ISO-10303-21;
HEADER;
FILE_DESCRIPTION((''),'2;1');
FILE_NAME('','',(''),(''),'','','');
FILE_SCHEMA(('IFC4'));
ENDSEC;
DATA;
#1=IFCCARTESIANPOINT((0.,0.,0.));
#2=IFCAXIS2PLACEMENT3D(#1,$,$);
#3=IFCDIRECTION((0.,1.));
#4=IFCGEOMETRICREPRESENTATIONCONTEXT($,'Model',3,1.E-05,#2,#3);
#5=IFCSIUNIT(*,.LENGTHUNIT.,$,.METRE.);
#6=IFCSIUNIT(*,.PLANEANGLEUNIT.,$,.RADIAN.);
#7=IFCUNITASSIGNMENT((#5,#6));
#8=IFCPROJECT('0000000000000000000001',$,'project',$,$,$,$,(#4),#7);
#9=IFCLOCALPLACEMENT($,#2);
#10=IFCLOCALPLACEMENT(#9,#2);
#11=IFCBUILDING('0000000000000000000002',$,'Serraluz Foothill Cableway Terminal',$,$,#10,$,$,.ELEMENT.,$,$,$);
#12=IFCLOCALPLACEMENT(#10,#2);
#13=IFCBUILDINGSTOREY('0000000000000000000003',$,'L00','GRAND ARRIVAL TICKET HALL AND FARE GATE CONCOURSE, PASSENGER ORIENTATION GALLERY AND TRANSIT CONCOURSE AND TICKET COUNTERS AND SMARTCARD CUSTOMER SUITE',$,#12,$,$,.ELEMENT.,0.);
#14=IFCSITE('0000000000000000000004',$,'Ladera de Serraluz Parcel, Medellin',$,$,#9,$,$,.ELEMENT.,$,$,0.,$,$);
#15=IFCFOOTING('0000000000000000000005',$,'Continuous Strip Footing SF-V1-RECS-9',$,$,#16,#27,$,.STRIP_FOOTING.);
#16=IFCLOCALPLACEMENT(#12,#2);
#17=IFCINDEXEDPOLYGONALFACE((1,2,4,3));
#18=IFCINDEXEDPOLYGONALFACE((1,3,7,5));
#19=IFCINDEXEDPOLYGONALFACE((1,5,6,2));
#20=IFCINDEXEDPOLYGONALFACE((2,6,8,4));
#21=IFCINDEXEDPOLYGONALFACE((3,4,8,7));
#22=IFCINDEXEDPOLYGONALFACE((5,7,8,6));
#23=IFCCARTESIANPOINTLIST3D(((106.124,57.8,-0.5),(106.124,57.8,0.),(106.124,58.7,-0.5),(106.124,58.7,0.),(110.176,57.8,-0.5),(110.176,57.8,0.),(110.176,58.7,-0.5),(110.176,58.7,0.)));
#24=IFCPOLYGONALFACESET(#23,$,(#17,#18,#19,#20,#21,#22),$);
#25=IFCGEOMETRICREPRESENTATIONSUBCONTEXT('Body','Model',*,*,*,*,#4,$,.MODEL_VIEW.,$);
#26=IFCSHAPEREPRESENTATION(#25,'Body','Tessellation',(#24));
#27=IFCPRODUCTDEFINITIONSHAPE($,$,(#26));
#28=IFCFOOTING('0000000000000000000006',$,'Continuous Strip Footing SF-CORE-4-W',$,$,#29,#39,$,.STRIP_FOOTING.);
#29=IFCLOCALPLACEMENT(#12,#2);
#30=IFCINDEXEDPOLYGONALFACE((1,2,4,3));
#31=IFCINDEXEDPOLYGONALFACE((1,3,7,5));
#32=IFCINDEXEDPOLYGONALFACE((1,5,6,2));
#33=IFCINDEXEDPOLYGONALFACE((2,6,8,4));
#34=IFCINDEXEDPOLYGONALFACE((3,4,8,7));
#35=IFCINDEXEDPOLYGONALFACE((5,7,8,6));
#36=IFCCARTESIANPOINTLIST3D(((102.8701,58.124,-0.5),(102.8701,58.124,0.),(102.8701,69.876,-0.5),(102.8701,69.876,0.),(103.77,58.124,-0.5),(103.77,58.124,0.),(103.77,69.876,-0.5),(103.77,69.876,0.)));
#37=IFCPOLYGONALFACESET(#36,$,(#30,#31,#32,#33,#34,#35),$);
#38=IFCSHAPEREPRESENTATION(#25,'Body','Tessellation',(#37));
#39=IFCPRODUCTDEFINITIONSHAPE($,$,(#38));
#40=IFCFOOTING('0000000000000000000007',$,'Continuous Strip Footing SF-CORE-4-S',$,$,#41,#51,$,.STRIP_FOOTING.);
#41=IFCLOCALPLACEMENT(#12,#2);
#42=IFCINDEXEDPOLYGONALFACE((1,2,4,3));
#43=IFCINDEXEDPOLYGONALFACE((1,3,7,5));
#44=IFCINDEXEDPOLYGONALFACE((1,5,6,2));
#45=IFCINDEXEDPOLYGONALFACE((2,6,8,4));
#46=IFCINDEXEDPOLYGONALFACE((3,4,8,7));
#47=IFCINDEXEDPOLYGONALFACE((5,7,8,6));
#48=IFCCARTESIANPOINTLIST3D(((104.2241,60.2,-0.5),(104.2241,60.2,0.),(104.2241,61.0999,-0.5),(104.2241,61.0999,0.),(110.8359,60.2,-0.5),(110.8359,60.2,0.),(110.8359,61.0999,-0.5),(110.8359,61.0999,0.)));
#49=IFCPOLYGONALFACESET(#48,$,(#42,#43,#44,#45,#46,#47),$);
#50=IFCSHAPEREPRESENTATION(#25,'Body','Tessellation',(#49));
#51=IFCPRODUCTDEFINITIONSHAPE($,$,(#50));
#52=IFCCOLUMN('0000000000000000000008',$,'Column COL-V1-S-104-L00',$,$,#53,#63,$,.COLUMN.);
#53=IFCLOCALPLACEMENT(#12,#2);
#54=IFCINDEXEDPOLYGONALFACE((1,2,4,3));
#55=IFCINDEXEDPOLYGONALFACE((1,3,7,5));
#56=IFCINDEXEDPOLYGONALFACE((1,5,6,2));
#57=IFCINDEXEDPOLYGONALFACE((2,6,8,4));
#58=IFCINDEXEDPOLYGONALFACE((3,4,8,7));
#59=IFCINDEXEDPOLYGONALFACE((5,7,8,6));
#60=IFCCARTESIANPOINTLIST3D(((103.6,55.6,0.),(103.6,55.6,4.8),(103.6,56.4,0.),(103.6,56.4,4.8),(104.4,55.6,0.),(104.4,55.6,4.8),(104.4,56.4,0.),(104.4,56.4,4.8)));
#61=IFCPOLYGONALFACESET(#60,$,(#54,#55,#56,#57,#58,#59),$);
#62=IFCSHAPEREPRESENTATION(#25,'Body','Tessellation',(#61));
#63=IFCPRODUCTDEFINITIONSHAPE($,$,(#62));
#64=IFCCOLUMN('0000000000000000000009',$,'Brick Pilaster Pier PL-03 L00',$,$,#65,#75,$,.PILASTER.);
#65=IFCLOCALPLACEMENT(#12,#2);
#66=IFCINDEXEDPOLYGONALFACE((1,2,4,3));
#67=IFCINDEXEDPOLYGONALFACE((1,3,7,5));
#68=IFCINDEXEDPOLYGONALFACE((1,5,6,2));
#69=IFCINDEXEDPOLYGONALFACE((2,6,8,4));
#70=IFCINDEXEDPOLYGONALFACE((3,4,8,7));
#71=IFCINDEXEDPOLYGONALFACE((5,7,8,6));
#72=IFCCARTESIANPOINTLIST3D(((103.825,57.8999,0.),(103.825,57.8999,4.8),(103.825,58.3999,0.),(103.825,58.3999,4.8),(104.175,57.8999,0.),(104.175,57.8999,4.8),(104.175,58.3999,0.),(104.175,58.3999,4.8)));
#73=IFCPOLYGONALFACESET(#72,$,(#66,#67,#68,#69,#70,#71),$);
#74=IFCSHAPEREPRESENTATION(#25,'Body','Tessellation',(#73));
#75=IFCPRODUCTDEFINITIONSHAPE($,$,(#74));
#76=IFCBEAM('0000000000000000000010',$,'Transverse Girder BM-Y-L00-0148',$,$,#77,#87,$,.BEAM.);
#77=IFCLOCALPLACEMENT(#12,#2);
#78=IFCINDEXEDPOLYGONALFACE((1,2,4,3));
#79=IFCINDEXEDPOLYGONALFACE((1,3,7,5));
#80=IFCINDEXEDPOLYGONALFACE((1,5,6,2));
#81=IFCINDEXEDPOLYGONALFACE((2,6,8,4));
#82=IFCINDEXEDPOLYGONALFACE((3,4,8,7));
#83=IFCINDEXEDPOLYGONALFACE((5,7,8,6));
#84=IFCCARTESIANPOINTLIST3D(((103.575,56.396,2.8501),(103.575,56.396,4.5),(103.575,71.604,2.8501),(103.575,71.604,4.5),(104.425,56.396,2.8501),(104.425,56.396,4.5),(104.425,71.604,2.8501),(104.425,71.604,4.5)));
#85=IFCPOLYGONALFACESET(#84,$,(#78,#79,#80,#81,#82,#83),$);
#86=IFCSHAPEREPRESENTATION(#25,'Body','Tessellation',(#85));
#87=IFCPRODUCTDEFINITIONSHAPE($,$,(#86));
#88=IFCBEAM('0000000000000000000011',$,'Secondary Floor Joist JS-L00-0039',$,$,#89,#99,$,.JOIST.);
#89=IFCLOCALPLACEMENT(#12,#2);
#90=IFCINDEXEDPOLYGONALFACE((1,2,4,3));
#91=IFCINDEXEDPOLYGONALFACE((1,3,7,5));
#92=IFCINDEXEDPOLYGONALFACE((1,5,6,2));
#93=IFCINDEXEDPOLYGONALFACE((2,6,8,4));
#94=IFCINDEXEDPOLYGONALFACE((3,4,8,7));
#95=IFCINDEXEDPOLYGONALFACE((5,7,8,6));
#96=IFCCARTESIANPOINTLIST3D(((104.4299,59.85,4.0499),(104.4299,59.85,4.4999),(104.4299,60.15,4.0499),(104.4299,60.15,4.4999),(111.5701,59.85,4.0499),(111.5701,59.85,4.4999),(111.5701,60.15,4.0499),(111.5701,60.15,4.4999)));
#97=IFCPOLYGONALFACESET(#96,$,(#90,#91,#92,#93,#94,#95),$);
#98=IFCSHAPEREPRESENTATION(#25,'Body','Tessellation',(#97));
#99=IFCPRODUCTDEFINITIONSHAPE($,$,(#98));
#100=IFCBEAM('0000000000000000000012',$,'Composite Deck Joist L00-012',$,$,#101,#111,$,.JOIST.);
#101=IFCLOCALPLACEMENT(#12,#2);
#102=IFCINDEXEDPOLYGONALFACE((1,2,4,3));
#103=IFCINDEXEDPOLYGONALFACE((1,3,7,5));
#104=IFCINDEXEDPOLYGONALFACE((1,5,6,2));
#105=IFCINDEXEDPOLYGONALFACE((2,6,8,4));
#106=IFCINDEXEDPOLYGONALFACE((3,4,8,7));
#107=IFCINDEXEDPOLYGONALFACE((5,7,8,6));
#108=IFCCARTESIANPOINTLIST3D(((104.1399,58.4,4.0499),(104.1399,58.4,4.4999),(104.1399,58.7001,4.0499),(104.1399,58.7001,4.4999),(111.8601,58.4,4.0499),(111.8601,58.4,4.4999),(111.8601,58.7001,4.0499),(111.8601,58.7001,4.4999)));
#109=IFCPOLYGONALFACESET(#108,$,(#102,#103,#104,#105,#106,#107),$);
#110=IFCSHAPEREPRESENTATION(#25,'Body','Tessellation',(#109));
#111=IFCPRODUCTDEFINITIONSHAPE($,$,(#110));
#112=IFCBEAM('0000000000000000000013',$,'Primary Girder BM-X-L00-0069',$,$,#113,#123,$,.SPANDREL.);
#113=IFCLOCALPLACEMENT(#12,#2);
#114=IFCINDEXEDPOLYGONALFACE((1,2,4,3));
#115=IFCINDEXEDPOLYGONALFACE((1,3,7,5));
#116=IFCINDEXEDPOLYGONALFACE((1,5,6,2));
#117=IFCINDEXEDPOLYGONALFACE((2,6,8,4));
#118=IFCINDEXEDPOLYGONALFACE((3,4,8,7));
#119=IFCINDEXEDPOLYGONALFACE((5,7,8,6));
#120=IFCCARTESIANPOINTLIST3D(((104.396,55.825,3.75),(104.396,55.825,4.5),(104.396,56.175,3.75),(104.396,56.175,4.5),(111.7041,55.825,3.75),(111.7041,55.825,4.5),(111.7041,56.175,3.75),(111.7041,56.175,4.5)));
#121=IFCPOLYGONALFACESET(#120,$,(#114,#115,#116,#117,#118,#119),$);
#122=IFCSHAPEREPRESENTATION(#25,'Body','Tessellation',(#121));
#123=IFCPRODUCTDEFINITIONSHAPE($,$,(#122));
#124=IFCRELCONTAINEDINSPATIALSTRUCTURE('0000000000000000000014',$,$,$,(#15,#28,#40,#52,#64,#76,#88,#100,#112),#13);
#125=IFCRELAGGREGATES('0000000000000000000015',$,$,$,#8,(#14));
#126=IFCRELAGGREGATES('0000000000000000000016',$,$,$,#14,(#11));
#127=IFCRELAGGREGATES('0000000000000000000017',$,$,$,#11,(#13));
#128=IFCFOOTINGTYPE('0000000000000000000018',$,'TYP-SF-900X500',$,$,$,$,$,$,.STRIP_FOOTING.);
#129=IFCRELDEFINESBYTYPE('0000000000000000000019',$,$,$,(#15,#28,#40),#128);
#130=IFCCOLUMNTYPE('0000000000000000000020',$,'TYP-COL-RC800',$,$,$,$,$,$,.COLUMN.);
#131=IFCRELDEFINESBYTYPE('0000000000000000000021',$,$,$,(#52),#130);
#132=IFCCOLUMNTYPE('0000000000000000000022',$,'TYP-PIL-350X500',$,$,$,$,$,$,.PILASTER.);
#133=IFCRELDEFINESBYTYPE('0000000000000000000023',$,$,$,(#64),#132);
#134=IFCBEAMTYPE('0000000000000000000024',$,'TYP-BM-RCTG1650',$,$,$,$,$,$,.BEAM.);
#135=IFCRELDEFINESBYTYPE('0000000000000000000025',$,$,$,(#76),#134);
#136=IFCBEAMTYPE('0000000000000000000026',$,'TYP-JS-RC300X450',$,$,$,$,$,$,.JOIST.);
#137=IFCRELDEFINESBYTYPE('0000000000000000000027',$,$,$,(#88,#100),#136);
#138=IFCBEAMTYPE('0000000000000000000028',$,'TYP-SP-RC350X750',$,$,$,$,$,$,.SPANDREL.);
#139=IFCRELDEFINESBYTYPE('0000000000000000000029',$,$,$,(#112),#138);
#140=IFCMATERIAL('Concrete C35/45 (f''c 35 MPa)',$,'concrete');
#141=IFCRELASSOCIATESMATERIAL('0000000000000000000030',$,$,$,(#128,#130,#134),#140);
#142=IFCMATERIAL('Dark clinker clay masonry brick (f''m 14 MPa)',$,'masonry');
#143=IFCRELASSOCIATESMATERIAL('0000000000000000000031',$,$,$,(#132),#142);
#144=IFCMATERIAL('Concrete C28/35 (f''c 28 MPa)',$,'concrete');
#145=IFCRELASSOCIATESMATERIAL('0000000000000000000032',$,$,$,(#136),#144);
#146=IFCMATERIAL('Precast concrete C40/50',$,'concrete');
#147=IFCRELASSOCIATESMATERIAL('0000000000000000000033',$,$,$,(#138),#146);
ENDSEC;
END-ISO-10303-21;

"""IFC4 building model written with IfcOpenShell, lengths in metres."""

from ifc_helpers import new_model, si_unit, direction, frame, origin, origin_2d, place, context, subcontext, project, spatial, rectangle, extrude, material, material_profile, profile_set, type_object, element, save


model = new_model("IFC4")

# Units and contexts
model_context = context("Model", 3, precision=1e-05, world=origin(), true_north=direction((0.0, 1.0)))
body_context = subcontext(model_context, "Body", "Model", "MODEL_VIEW")
ifc_project = project(units=[si_unit("LENGTHUNIT", "METRE"), si_unit("PLANEANGLEUNIT", "RADIAN")], contexts=[model_context])

# Site, building, storey
site_placement = place(None, origin())
site = spatial("IfcSite", under=ifc_project, at=site_placement, Name="Ladera de Serraluz Parcel, Medellin", CompositionType="ELEMENT", RefElevation=0.0)
building_placement = place(site_placement, origin())
building = spatial("IfcBuilding", under=site, at=building_placement, Name="Serraluz Foothill Cableway Terminal", CompositionType="ELEMENT")
storey_placement = place(building_placement, origin())
storey = spatial("IfcBuildingStorey", under=building, at=storey_placement, Name="L00", Description="GRAND ARRIVAL TICKET HALL AND FARE GATE CONCOURSE, PASSENGER ORIENTATION GALLERY AND TRANSIT CONCOURSE AND TICKET COUNTERS AND SMARTCARD CUSTOMER SUITE", CompositionType="ELEMENT", Elevation=0.0)

# Shared definitions
ifc_material_1 = material(Name="Concrete C35/45 (f'c 35 MPa)", Category="concrete")

# Shared definitions
ifc_material_2 = material(Name="Concrete C28/35 (f'c 28 MPa)", Category="concrete")

# Footings
ifc_material_profile_1 = material_profile(ifc_material_1, rectangle(XDim=0.8999, YDim=0.5, at=origin_2d()), Name="SF 900x500")
ifc_profile_set_1 = profile_set([ifc_material_profile_1], Name="Concrete C35/45 (f'c 35 MPa)")
footing_type_1 = type_object("IfcFootingType", Name="TYP-SF-900X500", PredefinedType="STRIP_FOOTING", material=ifc_profile_set_1)
footing_1_placement = place(storey_placement, frame((106.124, 58.25, -0.25), z_axis=(1.0, 0.0, 0.0), x_axis=(0.0, 1.0, 0.0)))
element("IfcFooting", 1, at=footing_1_placement, inside=storey, type_object=footing_type_1, Name="Continuous Strip Footing SF-V1-RECS-9", PredefinedType="STRIP_FOOTING", context=body_context, shape_type="SweptSolid", body=[
    extrude(rectangle(XDim=0.8999, YDim=0.5, at=origin_2d()), origin(), (0.0, 0.0, 1.0), 4.052),
])
footing_2_placement = place(storey_placement, frame((103.3201, 58.124, -0.25), z_axis=(0.0, 1.0, 0.0), x_axis=(-1.0, 0.0, 0.0)))
element("IfcFooting", 2, at=footing_2_placement, inside=storey, type_object=footing_type_1, Name="Continuous Strip Footing SF-CORE-4-W", PredefinedType="STRIP_FOOTING", context=body_context, shape_type="SweptSolid", body=[
    extrude(rectangle(XDim=0.8999, YDim=0.5, at=origin_2d()), origin(), (0.0, 0.0, 1.0), 11.752),
])
footing_3_placement = place(storey_placement, frame((104.2241, 60.6499, -0.25), z_axis=(1.0, 0.0, 0.0), x_axis=(0.0, 1.0, 0.0)))
element("IfcFooting", 3, at=footing_3_placement, inside=storey, type_object=footing_type_1, Name="Continuous Strip Footing SF-CORE-4-S", PredefinedType="STRIP_FOOTING", context=body_context, shape_type="SweptSolid", body=[
    extrude(rectangle(XDim=0.8999, YDim=0.5, at=origin_2d()), origin(), (0.0, 0.0, 1.0), 6.6118),
])

# Columns
ifc_material_profile_2 = material_profile(ifc_material_1, rectangle(XDim=0.8, YDim=0.8, at=origin_2d()), Name="RC 800x800")
ifc_profile_set_2 = profile_set([ifc_material_profile_2], Name="Concrete C35/45 (f'c 35 MPa)")
column_type_1 = type_object("IfcColumnType", Name="TYP-COL-RC800", PredefinedType="COLUMN", material=ifc_profile_set_2)
column_1_placement = place(storey_placement, frame((104.0, 56.0, 0.0), z_axis=(0.0, 0.0, 1.0), x_axis=(1.0, 0.0, 0.0)))
element("IfcColumn", 4, at=column_1_placement, inside=storey, type_object=column_type_1, Name="Column COL-V1-S-104-L00", PredefinedType="COLUMN", context=body_context, shape_type="SweptSolid", body=[
    extrude(rectangle(XDim=0.8, YDim=0.8, at=origin_2d()), origin(), (0.0, 0.0, 1.0), 4.8),
])
ifc_material_3 = material(Name="Dark clinker clay masonry brick (f'm 14 MPa)", Category="masonry")
ifc_material_profile_3 = material_profile(ifc_material_3, rectangle(XDim=0.3501, YDim=0.5, at=origin_2d()), Name="PIL 350x500")
ifc_profile_set_3 = profile_set([ifc_material_profile_3], Name="Dark clinker clay masonry brick (f'm 14 MPa)")
column_type_2 = type_object("IfcColumnType", Name="TYP-PIL-350X500", PredefinedType="PILASTER", material=ifc_profile_set_3)
column_2_placement = place(storey_placement, frame((104.0, 58.1499, 0.0), z_axis=(0.0, 0.0, 1.0), x_axis=(1.0, 0.0, 0.0)))
element("IfcColumn", 5, at=column_2_placement, inside=storey, type_object=column_type_2, Name="Brick Pilaster Pier PL-03 L00", PredefinedType="PILASTER", context=body_context, shape_type="SweptSolid", body=[
    extrude(rectangle(XDim=0.3501, YDim=0.5, at=origin_2d()), origin(), (0.0, 0.0, 1.0), 4.8),
])

# Beams
ifc_material_profile_4 = material_profile(ifc_material_1, rectangle(XDim=0.8501, YDim=1.6499, at=origin_2d()), Name="RC TG 850x1650")
ifc_profile_set_4 = profile_set([ifc_material_profile_4], Name="Concrete C35/45 (f'c 35 MPa)")
beam_type_1 = type_object("IfcBeamType", Name="TYP-BM-RCTG1650", PredefinedType="BEAM", material=ifc_profile_set_4)
beam_1_placement = place(storey_placement, frame((104.0, 56.396, 3.675), z_axis=(0.0, 1.0, 0.0), x_axis=(-1.0, 0.0, 0.0)))
element("IfcBeam", 6, at=beam_1_placement, inside=storey, type_object=beam_type_1, Name="Transverse Girder BM-Y-L00-0148", PredefinedType="BEAM", context=body_context, shape_type="SweptSolid", body=[
    extrude(rectangle(XDim=0.8501, YDim=1.6499, at=origin_2d()), origin(), (0.0, 0.0, 1.0), 15.208),
])
ifc_material_profile_5 = material_profile(ifc_material_2, rectangle(XDim=0.3, YDim=0.45, at=origin_2d()), Name="RC 300x450")
ifc_profile_set_5 = profile_set([ifc_material_profile_5], Name="Concrete C28/35 (f'c 28 MPa)")
beam_type_2 = type_object("IfcBeamType", Name="TYP-JS-RC300X450", PredefinedType="JOIST", material=ifc_profile_set_5)
beam_2_placement = place(storey_placement, frame((104.4299, 60.0, 4.2749), z_axis=(1.0, 0.0, 0.0), x_axis=(0.0, 1.0, 0.0)))
element("IfcBeam", 7, at=beam_2_placement, inside=storey, type_object=beam_type_2, Name="Secondary Floor Joist JS-L00-0039", PredefinedType="JOIST", context=body_context, shape_type="SweptSolid", body=[
    extrude(rectangle(XDim=0.3, YDim=0.45, at=origin_2d()), origin(), (0.0, 0.0, 1.0), 7.1401),
])
beam_3_placement = place(storey_placement, frame((104.1399, 58.55, 4.2749), z_axis=(1.0, 0.0, 0.0), x_axis=(0.0, 1.0, 0.0)))
element("IfcBeam", 8, at=beam_3_placement, inside=storey, type_object=beam_type_2, Name="Composite Deck Joist L00-012", PredefinedType="JOIST", context=body_context, shape_type="SweptSolid", body=[
    extrude(rectangle(XDim=0.3, YDim=0.45, at=origin_2d()), origin(), (0.0, 0.0, 1.0), 7.7202),
])
ifc_material_4 = material(Name="Precast concrete C40/50", Category="concrete")
ifc_material_profile_6 = material_profile(ifc_material_4, rectangle(XDim=0.3501, YDim=0.75, at=origin_2d()), Name="RC SP 350x750")
ifc_profile_set_6 = profile_set([ifc_material_profile_6], Name="Precast concrete C40/50")
beam_type_3 = type_object("IfcBeamType", Name="TYP-SP-RC350X750", PredefinedType="SPANDREL", material=ifc_profile_set_6)
beam_4_placement = place(storey_placement, frame((104.396, 56.0, 4.125), z_axis=(1.0, 0.0, 0.0), x_axis=(0.0, 1.0, 0.0)))
element("IfcBeam", 9, at=beam_4_placement, inside=storey, type_object=beam_type_3, Name="Primary Girder BM-X-L00-0069", PredefinedType="SPANDREL", context=body_context, shape_type="SweptSolid", body=[
    extrude(rectangle(XDim=0.3501, YDim=0.75, at=origin_2d()), origin(), (0.0, 0.0, 1.0), 7.3081),
])

save(model, "model.ifc")
